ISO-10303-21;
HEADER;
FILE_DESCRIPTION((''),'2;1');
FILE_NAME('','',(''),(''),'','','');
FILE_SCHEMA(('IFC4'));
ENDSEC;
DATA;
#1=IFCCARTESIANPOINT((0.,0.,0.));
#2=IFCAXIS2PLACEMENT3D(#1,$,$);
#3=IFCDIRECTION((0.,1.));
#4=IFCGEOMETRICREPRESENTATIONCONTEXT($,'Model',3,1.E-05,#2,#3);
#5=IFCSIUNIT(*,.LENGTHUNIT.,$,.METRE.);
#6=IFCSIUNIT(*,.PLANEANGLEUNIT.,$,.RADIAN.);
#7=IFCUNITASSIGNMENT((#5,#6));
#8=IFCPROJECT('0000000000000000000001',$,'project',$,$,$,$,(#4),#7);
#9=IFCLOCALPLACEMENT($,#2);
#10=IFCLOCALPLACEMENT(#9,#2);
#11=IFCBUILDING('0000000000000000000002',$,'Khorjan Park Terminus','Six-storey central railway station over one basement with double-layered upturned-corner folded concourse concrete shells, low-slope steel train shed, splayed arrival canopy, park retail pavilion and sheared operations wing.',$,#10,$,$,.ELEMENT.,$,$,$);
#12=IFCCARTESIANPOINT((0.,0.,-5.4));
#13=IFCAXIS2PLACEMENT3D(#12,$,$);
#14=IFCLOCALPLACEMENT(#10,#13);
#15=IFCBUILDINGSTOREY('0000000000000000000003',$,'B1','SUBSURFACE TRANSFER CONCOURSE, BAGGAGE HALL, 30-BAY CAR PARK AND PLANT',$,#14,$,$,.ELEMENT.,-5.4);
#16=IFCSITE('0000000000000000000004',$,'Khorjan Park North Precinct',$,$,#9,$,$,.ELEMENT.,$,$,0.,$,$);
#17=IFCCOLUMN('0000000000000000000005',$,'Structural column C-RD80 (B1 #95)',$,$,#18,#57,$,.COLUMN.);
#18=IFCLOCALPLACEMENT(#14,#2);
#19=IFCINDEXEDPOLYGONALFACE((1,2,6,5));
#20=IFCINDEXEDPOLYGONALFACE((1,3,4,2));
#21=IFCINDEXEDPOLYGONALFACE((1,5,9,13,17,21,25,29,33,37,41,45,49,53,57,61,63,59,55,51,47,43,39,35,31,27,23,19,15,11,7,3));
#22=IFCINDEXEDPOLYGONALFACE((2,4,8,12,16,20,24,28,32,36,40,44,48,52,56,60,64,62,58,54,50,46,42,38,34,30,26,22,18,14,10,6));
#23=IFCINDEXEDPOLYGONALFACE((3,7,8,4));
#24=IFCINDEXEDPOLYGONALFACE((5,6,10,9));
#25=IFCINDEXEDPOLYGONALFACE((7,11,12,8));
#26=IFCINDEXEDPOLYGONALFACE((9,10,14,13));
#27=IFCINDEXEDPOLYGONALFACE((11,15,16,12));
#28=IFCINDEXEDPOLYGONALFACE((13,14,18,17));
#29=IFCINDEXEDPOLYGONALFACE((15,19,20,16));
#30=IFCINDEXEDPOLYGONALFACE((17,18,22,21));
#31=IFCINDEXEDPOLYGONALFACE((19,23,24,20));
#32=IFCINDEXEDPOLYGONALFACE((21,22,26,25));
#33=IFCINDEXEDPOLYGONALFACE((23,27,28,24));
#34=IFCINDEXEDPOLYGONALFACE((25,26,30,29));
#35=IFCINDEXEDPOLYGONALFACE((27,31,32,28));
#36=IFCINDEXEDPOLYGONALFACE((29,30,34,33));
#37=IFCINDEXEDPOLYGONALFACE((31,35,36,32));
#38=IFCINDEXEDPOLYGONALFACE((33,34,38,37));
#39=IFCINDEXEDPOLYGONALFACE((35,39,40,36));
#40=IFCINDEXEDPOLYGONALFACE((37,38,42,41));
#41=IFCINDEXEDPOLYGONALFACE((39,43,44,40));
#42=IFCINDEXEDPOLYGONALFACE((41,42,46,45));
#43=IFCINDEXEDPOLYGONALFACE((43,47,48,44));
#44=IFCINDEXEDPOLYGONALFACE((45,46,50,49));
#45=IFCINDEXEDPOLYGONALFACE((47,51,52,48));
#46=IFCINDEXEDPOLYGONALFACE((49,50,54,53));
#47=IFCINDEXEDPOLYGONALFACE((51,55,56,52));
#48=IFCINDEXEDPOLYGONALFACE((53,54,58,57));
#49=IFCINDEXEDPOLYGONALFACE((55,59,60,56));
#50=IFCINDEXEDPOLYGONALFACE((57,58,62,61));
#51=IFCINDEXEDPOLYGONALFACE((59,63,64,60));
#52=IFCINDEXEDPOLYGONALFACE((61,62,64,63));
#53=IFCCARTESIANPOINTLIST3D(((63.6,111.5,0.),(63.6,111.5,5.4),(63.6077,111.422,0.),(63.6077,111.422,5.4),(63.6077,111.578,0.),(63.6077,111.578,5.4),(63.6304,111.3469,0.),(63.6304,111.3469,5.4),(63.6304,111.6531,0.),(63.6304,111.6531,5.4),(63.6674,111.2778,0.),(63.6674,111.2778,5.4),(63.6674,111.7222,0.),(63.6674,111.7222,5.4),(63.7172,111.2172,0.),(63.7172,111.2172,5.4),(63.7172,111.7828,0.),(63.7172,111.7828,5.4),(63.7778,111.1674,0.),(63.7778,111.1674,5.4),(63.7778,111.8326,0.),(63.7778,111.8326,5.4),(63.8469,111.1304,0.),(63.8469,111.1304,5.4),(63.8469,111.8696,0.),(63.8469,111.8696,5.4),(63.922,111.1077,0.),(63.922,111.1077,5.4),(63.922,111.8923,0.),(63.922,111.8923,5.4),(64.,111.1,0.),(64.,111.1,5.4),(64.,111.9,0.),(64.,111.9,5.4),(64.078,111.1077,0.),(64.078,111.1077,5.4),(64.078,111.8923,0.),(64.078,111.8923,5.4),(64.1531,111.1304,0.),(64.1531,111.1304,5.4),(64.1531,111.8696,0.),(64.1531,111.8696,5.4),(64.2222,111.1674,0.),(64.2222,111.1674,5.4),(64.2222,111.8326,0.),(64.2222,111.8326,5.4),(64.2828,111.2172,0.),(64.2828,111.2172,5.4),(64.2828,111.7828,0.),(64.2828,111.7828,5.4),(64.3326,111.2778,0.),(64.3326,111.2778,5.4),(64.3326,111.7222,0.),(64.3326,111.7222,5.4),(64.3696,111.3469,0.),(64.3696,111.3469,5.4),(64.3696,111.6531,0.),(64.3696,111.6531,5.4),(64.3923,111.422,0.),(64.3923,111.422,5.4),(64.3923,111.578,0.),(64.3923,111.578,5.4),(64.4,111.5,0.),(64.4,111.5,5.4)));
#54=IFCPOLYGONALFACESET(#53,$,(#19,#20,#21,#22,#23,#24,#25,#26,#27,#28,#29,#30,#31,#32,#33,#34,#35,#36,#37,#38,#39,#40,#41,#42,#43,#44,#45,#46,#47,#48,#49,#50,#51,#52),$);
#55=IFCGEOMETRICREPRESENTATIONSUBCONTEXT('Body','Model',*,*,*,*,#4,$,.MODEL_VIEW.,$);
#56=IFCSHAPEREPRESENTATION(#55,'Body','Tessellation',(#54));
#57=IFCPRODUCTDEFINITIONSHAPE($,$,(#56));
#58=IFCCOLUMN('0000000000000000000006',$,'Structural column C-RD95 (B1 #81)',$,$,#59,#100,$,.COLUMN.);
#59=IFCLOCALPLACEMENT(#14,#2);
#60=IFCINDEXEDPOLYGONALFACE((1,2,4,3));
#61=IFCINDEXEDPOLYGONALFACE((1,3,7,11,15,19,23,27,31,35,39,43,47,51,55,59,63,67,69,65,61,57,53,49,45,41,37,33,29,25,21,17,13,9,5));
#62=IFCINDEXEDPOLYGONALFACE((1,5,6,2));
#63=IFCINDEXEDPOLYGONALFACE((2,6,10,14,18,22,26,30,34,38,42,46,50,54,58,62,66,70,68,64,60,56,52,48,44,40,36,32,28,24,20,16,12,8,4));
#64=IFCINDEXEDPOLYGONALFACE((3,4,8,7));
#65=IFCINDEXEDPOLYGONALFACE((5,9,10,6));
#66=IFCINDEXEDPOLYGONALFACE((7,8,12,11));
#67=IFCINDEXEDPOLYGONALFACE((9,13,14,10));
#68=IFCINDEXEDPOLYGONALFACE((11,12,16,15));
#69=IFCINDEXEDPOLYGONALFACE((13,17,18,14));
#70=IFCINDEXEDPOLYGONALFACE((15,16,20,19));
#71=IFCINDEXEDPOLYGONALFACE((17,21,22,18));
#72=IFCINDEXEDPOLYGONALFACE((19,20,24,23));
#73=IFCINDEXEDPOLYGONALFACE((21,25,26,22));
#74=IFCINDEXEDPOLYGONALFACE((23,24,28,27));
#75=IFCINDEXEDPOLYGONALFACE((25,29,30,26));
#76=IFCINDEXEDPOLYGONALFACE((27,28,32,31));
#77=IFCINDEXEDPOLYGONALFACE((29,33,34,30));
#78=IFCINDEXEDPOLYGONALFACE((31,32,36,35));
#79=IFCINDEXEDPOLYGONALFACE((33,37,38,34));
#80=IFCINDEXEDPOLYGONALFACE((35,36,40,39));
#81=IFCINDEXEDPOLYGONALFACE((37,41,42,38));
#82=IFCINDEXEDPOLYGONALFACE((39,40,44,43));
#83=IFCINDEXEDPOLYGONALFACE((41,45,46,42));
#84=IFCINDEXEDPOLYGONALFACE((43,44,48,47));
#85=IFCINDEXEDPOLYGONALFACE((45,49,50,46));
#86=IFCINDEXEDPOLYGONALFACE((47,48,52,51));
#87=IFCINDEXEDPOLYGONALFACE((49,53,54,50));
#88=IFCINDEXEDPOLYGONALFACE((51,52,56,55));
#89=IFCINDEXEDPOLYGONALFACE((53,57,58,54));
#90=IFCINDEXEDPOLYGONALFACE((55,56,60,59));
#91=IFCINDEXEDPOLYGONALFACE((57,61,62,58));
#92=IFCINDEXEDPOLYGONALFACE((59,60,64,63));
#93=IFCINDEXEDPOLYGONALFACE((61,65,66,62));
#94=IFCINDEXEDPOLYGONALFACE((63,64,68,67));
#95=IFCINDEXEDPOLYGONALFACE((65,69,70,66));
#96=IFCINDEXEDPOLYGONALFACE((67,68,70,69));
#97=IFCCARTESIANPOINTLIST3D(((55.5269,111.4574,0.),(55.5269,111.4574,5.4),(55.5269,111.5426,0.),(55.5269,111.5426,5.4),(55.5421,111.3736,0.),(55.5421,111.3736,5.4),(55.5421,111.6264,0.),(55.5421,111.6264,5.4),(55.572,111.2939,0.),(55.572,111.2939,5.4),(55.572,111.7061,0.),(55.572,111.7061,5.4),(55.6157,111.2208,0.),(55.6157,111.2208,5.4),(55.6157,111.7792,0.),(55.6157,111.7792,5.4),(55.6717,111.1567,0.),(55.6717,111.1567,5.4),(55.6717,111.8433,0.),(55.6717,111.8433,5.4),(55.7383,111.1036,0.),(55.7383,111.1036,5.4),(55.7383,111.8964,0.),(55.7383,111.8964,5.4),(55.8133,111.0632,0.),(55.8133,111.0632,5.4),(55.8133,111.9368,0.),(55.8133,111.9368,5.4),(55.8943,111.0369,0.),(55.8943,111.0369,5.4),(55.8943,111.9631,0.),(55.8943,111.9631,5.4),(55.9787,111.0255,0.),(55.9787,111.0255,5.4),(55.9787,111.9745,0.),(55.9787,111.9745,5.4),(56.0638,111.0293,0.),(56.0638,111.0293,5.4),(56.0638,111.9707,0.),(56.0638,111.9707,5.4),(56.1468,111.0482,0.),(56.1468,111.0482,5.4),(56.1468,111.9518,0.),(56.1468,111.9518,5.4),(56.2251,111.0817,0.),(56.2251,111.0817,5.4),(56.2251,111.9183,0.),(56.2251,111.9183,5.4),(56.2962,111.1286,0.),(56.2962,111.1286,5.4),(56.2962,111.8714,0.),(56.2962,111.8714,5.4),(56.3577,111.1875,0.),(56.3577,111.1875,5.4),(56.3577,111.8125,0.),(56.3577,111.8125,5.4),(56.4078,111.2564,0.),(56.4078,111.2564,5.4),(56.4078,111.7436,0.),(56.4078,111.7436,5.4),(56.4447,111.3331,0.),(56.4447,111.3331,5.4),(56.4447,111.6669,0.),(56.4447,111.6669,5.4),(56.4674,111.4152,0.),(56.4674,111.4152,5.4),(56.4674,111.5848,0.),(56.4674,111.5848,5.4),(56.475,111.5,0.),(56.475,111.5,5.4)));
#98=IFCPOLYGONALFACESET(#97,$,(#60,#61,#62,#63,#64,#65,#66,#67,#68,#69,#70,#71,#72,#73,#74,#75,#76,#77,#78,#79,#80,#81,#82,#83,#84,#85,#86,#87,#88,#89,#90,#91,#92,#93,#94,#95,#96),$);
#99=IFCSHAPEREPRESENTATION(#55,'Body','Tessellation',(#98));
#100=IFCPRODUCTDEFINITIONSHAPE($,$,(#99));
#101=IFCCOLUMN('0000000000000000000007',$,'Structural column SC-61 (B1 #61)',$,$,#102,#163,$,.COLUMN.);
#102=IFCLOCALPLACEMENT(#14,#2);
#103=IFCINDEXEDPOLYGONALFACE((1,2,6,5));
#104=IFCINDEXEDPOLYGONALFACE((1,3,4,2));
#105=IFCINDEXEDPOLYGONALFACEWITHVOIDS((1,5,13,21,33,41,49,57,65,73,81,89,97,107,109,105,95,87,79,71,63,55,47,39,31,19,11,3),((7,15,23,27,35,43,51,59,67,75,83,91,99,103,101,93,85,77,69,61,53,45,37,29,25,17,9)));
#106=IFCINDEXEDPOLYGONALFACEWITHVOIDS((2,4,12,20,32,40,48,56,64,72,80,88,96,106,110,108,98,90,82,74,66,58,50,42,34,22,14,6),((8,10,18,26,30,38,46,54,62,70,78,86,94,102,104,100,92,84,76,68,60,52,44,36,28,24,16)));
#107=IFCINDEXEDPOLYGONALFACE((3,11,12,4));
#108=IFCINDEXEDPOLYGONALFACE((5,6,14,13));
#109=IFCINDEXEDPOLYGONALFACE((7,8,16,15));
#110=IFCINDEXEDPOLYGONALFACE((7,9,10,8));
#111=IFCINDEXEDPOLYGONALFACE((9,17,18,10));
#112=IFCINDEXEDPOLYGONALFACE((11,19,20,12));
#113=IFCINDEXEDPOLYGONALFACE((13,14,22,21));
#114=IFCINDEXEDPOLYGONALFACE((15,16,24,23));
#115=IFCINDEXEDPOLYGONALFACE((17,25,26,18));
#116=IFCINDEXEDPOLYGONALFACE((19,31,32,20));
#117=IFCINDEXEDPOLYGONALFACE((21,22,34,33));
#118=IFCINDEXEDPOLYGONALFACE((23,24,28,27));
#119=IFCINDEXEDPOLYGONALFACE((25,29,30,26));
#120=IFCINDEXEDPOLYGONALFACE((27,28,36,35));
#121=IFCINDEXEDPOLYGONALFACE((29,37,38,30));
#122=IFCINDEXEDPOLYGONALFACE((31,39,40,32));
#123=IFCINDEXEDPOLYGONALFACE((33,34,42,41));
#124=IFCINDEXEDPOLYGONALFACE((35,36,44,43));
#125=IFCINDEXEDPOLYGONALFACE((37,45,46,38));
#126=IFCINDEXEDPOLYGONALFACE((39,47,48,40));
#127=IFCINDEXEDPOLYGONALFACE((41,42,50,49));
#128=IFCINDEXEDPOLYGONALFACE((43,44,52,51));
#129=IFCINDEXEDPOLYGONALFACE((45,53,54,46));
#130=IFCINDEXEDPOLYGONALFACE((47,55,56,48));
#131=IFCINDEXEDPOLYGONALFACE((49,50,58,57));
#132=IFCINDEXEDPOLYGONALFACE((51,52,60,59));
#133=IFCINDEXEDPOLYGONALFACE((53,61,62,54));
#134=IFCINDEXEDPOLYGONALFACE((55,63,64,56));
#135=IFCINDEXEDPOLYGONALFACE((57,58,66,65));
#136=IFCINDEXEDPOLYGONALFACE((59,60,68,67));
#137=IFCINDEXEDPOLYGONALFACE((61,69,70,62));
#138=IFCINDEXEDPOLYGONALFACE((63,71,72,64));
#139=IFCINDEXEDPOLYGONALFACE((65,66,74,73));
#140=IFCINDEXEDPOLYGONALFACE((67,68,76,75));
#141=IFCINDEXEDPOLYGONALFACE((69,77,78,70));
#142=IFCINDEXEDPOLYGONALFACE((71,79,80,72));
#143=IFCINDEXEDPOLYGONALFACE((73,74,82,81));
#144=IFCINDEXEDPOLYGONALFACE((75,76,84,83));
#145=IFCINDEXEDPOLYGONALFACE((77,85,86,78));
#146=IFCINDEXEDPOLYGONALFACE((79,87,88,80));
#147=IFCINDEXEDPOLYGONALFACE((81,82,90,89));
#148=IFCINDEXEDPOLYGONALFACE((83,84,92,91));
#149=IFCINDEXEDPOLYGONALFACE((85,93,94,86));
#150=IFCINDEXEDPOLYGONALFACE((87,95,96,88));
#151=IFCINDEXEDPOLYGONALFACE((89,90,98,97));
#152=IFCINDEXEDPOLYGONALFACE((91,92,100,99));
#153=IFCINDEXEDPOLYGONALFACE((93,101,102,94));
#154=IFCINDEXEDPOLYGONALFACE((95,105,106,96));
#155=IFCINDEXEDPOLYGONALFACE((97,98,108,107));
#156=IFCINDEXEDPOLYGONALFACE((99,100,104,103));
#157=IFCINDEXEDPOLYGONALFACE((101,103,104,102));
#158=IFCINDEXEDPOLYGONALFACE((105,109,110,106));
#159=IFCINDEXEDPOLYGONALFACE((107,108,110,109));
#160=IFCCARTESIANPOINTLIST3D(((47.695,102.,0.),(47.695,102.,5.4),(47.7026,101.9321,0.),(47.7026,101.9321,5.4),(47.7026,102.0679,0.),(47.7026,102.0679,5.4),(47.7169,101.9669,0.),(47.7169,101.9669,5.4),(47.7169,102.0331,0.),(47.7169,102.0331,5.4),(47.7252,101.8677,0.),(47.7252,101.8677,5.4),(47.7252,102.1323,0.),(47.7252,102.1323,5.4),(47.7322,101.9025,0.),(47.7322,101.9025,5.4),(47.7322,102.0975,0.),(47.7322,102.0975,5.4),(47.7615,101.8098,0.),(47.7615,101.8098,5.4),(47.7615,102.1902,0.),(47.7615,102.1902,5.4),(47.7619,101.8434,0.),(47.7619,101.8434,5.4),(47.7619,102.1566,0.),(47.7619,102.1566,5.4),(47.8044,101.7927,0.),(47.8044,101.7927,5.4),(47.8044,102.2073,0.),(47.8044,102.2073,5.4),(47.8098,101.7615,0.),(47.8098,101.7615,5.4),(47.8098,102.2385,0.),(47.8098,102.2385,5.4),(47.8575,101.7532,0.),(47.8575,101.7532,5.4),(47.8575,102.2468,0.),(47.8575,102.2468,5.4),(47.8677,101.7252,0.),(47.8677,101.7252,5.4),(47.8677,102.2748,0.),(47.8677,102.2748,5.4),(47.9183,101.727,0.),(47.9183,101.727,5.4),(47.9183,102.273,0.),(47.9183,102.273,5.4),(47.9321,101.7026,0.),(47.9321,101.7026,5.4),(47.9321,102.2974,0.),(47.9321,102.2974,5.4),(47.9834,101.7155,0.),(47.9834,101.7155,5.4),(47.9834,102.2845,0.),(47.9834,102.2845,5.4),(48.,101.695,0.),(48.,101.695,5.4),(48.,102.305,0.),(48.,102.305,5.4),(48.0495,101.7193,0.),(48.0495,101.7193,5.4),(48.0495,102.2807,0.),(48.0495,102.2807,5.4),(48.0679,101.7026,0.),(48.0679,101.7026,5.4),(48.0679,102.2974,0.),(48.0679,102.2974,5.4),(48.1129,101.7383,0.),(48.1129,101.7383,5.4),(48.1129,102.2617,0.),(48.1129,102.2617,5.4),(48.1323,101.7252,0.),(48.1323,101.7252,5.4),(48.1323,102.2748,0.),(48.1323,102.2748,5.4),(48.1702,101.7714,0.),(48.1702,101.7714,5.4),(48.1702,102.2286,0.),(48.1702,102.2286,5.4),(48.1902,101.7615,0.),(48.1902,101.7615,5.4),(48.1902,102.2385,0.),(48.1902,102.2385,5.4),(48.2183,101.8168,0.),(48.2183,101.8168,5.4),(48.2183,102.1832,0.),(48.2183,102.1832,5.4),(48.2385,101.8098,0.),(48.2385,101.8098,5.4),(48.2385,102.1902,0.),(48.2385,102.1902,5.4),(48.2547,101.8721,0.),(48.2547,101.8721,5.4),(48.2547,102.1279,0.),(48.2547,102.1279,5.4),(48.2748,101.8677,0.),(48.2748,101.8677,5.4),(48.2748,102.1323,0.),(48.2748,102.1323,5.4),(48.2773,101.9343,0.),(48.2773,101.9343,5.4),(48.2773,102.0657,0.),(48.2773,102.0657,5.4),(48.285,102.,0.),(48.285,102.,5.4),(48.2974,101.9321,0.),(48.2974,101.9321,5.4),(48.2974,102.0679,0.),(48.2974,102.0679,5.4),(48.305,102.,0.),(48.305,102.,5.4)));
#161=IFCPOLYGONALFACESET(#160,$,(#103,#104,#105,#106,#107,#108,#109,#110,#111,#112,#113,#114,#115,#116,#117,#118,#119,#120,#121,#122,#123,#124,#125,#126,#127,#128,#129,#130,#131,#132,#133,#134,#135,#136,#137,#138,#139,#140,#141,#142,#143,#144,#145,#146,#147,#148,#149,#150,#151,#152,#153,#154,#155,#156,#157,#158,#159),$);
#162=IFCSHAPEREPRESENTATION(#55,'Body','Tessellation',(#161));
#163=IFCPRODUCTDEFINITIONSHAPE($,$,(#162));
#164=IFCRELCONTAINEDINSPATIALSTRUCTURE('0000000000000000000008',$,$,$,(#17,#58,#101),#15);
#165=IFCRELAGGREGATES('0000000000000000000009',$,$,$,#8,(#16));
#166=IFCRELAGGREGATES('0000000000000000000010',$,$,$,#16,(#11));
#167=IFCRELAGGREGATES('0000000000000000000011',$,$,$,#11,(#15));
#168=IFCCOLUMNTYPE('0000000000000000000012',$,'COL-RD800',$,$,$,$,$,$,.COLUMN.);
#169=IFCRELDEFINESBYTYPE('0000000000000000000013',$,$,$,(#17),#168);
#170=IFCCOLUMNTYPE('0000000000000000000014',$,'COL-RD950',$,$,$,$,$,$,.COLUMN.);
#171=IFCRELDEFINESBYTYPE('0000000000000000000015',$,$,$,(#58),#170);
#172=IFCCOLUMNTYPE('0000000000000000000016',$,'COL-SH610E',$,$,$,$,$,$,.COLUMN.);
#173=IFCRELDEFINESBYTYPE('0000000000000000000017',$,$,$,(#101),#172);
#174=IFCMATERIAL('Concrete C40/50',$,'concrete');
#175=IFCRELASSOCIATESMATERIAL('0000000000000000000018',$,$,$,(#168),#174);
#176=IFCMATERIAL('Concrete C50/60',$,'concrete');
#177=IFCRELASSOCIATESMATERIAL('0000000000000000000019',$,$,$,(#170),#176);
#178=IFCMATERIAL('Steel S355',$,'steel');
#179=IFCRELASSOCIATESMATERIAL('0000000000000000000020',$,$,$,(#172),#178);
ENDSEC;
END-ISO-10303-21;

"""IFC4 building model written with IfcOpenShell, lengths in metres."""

from ifc_helpers import new_model, si_unit, direction, frame, origin, origin_2d, place, context, subcontext, project, spatial, circle, hollow_circle, extrude, material, material_profile, profile_set, type_object, element, save


model = new_model("IFC4")

# Units and contexts
model_context = context("Model", 3, precision=1e-05, world=origin(), true_north=direction((0.0, 1.0)))
body_context = subcontext(model_context, "Body", "Model", "MODEL_VIEW")
ifc_project = project(units=[si_unit("LENGTHUNIT", "METRE"), si_unit("PLANEANGLEUNIT", "RADIAN")], contexts=[model_context])

# Site, building, storey
site_placement = place(None, origin())
site = spatial("IfcSite", under=ifc_project, at=site_placement, Name="Khorjan Park North Precinct", CompositionType="ELEMENT", RefElevation=0.0)
building_placement = place(site_placement, origin())
building = spatial("IfcBuilding", under=site, at=building_placement, Name="Khorjan Park Terminus", Description="Six-storey central railway station over one basement with double-layered upturned-corner folded concourse concrete shells, low-slope steel train shed, splayed arrival canopy, park retail pavilion and sheared operations wing.", CompositionType="ELEMENT")
storey_placement = place(building_placement, frame((0.0, 0.0, -5.4)))
storey = spatial("IfcBuildingStorey", under=building, at=storey_placement, Name="B1", Description="SUBSURFACE TRANSFER CONCOURSE, BAGGAGE HALL, 30-BAY CAR PARK AND PLANT", CompositionType="ELEMENT", Elevation=-5.4)

# Shared definitions
ifc_material_1 = material(Name="Concrete C40/50", Category="concrete")

# Columns
ifc_material_profile_1 = material_profile(ifc_material_1, circle(Radius=0.4, at=origin_2d()), Name="RC D800")
ifc_profile_set_1 = profile_set([ifc_material_profile_1], Name="Concrete C40/50")
column_type_1 = type_object("IfcColumnType", Name="COL-RD800", PredefinedType="COLUMN", material=ifc_profile_set_1)
column_1_placement = place(storey_placement, frame((64.0, 111.5, 0.0), z_axis=(0.0, 0.0, 1.0), x_axis=(1.0, 0.0, 0.0)))
element("IfcColumn", 1, at=column_1_placement, inside=storey, type_object=column_type_1, Name="Structural column C-RD80 (B1 #95)", PredefinedType="COLUMN", context=body_context, shape_type="SweptSolid", body=[
    extrude(circle(Radius=0.4, at=origin_2d()), origin(), (0.0, 0.0, 1.0), 5.4),
])
ifc_material_2 = material(Name="Concrete C50/60", Category="concrete")
ifc_material_profile_2 = material_profile(ifc_material_2, circle(Radius=0.475, at=origin_2d()), Name="RC D950")
ifc_profile_set_2 = profile_set([ifc_material_profile_2], Name="Concrete C50/60")
column_type_2 = type_object("IfcColumnType", Name="COL-RD950", PredefinedType="COLUMN", material=ifc_profile_set_2)
column_2_placement = place(storey_placement, frame((56.0, 111.5, 0.0), z_axis=(0.0, 0.0, 1.0), x_axis=(1.0, 0.0, 0.0)))
element("IfcColumn", 2, at=column_2_placement, inside=storey, type_object=column_type_2, Name="Structural column C-RD95 (B1 #81)", PredefinedType="COLUMN", context=body_context, shape_type="SweptSolid", body=[
    extrude(circle(Radius=0.475, at=origin_2d()), origin(), (0.0, 0.0, 1.0), 5.4),
])
ifc_material_3 = material(Name="Steel S355", Category="steel")
ifc_material_profile_3 = material_profile(ifc_material_3, hollow_circle(Radius=0.305, WallThickness=0.02, at=origin_2d()), Name="CHS 610x20")
ifc_profile_set_3 = profile_set([ifc_material_profile_3], Name="Steel S355")
column_type_3 = type_object("IfcColumnType", Name="COL-SH610E", PredefinedType="COLUMN", material=ifc_profile_set_3)
column_3_placement = place(storey_placement, frame((48.0, 102.0, 0.0), z_axis=(0.0, 0.0, 1.0), x_axis=(1.0, 0.0, 0.0)))
element("IfcColumn", 3, at=column_3_placement, inside=storey, type_object=column_type_3, Name="Structural column SC-61 (B1 #61)", PredefinedType="COLUMN", context=body_context, shape_type="SweptSolid", body=[
    extrude(hollow_circle(Radius=0.305, WallThickness=0.02, at=origin_2d()), origin(), (0.0, 0.0, 1.0), 5.4),
])

save(model, "model.ifc")
